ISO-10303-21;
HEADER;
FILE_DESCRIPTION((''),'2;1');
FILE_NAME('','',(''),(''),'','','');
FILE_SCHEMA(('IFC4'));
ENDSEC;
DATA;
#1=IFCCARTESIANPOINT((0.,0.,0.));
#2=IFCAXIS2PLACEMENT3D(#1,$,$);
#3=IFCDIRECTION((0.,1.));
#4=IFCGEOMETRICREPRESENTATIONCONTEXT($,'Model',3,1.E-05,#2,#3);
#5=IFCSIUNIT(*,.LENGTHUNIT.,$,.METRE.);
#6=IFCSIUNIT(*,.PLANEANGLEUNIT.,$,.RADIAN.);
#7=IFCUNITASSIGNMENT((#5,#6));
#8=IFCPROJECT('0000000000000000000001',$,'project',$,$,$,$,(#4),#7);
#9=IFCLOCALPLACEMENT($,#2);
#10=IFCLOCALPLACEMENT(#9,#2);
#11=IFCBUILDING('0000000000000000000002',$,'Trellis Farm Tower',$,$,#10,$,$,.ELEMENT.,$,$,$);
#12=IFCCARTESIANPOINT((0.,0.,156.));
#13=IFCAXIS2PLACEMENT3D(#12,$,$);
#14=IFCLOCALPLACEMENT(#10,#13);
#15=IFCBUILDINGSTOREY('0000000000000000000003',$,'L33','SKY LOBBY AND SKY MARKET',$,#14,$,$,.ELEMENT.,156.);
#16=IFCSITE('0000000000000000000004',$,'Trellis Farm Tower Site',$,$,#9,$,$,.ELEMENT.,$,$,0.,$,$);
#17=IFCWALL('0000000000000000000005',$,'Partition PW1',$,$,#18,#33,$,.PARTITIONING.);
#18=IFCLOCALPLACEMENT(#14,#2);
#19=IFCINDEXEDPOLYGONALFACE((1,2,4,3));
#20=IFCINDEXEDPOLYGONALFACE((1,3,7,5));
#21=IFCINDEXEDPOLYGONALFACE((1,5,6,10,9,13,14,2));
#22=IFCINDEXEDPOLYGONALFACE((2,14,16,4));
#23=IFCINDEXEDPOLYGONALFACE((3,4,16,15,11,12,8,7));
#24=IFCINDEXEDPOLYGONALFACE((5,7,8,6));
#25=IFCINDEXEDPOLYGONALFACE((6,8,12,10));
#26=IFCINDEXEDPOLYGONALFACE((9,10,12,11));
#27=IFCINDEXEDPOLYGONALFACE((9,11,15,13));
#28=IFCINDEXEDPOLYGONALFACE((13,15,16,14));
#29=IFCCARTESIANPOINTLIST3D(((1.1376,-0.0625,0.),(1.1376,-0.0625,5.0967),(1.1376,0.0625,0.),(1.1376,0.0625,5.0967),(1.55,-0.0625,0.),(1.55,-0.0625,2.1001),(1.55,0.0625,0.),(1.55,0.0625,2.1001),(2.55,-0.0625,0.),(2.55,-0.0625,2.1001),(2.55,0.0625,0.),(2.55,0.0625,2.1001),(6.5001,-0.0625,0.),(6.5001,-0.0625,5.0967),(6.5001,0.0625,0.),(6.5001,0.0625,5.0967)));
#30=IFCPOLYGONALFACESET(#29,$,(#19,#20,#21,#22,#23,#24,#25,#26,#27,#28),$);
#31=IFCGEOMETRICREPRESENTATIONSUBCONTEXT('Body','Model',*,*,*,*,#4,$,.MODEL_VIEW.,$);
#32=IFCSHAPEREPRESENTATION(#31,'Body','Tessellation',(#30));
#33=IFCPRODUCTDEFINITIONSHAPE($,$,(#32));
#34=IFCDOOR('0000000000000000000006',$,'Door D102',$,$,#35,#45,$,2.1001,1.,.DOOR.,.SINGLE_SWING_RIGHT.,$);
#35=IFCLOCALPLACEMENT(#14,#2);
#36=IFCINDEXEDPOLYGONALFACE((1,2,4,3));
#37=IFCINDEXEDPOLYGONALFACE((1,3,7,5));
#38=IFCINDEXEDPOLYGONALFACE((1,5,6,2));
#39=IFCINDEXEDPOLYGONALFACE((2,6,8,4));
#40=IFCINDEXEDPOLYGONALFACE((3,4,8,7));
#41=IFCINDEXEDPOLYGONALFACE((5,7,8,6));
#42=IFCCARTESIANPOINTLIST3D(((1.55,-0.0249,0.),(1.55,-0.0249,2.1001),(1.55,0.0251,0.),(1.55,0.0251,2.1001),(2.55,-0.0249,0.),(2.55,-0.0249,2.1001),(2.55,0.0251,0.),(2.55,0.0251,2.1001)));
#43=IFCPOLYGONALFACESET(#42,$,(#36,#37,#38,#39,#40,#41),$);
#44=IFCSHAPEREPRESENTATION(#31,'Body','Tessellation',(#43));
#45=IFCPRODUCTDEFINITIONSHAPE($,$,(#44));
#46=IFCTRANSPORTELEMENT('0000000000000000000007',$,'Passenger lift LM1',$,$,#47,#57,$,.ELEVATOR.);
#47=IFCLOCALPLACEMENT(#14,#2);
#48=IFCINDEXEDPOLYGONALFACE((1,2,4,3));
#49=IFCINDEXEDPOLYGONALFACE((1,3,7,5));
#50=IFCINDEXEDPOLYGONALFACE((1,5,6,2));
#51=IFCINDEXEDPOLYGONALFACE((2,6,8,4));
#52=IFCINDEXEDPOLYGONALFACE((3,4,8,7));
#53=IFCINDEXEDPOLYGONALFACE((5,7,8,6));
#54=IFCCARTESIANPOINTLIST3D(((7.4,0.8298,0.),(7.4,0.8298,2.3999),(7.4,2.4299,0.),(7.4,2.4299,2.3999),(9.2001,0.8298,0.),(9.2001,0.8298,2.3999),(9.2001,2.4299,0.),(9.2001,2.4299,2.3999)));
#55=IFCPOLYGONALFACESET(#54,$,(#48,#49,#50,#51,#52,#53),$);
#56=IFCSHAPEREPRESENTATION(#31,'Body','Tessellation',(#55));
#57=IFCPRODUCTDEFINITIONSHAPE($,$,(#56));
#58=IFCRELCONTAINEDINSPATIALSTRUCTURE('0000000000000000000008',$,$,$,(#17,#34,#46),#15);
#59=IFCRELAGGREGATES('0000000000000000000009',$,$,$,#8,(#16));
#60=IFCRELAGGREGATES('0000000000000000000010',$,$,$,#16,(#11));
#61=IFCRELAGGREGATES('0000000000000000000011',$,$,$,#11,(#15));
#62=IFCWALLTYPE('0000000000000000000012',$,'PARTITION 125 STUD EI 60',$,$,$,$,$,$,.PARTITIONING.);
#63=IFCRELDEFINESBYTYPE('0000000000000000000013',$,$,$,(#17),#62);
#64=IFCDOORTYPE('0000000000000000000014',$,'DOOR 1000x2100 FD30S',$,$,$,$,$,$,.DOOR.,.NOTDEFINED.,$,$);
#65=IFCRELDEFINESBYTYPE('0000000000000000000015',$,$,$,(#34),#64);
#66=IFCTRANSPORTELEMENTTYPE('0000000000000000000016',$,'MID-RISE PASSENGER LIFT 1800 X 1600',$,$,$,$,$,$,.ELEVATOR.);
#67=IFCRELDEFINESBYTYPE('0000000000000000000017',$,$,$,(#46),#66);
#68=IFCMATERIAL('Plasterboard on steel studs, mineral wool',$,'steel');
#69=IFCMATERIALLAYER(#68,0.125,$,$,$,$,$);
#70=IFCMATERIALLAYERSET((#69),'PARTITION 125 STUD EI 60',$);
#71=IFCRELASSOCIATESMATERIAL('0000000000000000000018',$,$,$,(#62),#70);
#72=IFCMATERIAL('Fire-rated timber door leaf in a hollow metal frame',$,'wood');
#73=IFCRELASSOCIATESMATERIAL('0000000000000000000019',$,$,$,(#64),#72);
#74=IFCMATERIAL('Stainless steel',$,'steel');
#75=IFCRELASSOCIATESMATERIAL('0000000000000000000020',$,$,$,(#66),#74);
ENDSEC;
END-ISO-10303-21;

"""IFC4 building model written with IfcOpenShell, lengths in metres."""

from ifc_helpers import new_model, si_unit, direction, frame, frame_2d, origin, origin_2d, place, context, subcontext, project, spatial, rectangle, extrude, source, transform, mapped, material, layer, layer_set, type_object, element, fill, save


model = new_model("IFC4")

# Units and contexts
model_context = context("Model", 3, precision=1e-05, world=origin(), true_north=direction((0.0, 1.0)))
body_context = subcontext(model_context, "Body", "Model", "MODEL_VIEW")
ifc_project = project(units=[si_unit("LENGTHUNIT", "METRE"), si_unit("PLANEANGLEUNIT", "RADIAN")], contexts=[model_context])

# Site, building, storey
site_placement = place(None, origin())
site = spatial("IfcSite", under=ifc_project, at=site_placement, Name="Trellis Farm Tower Site", CompositionType="ELEMENT", RefElevation=0.0)
building_placement = place(site_placement, origin())
building = spatial("IfcBuilding", under=site, at=building_placement, Name="Trellis Farm Tower", CompositionType="ELEMENT")
storey_placement = place(building_placement, frame((0.0, 0.0, 156.0)))
storey = spatial("IfcBuildingStorey", under=building, at=storey_placement, Name="L33", Description="SKY LOBBY AND SKY MARKET", CompositionType="ELEMENT", Elevation=156.0)

# Shared definitions
ifc_material_1 = material(Name="Stainless steel", Category="steel")

# Shared definitions
ifc_material_2 = material(Name="Plasterboard on steel studs, mineral wool", Category="steel")
ifc_layer_1 = layer(ifc_material_2, 0.125)
ifc_layer_set_1 = layer_set([ifc_layer_1], Name="PARTITION 125 STUD EI 60")
wall_type_1 = type_object("IfcWallType", Name="PARTITION 125 STUD EI 60", PredefinedType="PARTITIONING", material=ifc_layer_set_1)

# Wall, opening, door
shared_shape_1 = source(origin(), body_context, "Body", "SweptSolid", [
    extrude(rectangle(XDim=5.3625, YDim=0.125, at=frame_2d((2.6812, 0.0))), origin(), (0.0, 0.0, 1.0), 5.0967),
])
wall_1_placement = place(storey_placement, frame((6.5, 0.0, 0.0), z_axis=(0.0, 0.0, 1.0), x_axis=(-1.0, 0.0, 0.0)))
wall_1 = element("IfcWall", 1, at=wall_1_placement, inside=storey, type_object=wall_type_1, Name="Partition PW1", PredefinedType="PARTITIONING", context=body_context, shape_type="MappedRepresentation", body=[
    mapped(shared_shape_1, transform((0.0, 0.0, 0.0))),
])
shared_shape_2 = source(origin(), body_context, "Body", "SweptSolid", [
    extrude(rectangle(XDim=1.0, YDim=2.1001, at=frame_2d((0.5, 1.05))), frame((0.0, 0.0725, 0.0), z_axis=(0.0, -1.0, 0.0), x_axis=(1.0, 0.0, 0.0)), (0.0, 0.0, 1.0), 0.145),
])
opening_1_placement = place(wall_1_placement, frame((3.95, 0.0, 0.0)))
opening_1 = element("IfcOpeningElement", 2, at=opening_1_placement, cuts=wall_1, PredefinedType="OPENING", context=body_context, shape_type="MappedRepresentation", body=[
    mapped(shared_shape_2, transform((0.0, 0.0, 0.0))),
])
ifc_material_3 = material(Name="Fire-rated timber door leaf in a hollow metal frame", Category="wood")
door_type_1 = type_object("IfcDoorType", Name="DOOR 1000x2100 FD30S", OperationType="NOTDEFINED", PredefinedType="DOOR", material=ifc_material_3)
shared_shape_3 = source(origin(), body_context, "Body", "SweptSolid", [
    extrude(rectangle(XDim=1.0, YDim=2.1001, at=frame_2d((0.5, 1.05))), frame((0.0, 0.0249, 0.0), z_axis=(0.0, -1.0, 0.0), x_axis=(1.0, 0.0, 0.0)), (0.0, 0.0, 1.0), 0.05),
])
door_1_placement = place(opening_1_placement, origin())
door_1 = element("IfcDoor", 3, at=door_1_placement, inside=storey, type_object=door_type_1, Name="Door D102", OperationType="SINGLE_SWING_RIGHT", OverallHeight=2.1001, OverallWidth=1.0, PredefinedType="DOOR", context=body_context, shape_type="MappedRepresentation", body=[
    mapped(shared_shape_3, transform((0.0, 0.0, 0.0))),
])
fill(opening_1, door_1)

# Transport element
transport_element_type = type_object("IfcTransportElementType", Name="MID-RISE PASSENGER LIFT 1800 X 1600", PredefinedType="ELEVATOR", material=ifc_material_1)
shared_shape_4 = source(origin(), body_context, "Body", "SweptSolid", [
    extrude(rectangle(XDim=1.8, YDim=1.6001, at=origin_2d()), origin(), (0.0, 0.0, 1.0), 2.3999),
])
transport_element_placement = place(storey_placement, frame((8.3, 1.6299, 0.0), z_axis=(0.0, 0.0, 1.0), x_axis=(1.0, 0.0, 0.0)))
element("IfcTransportElement", 4, at=transport_element_placement, inside=storey, type_object=transport_element_type, Name="Passenger lift LM1", PredefinedType="ELEVATOR", context=body_context, shape_type="MappedRepresentation", body=[
    mapped(shared_shape_4, transform((0.0, 0.0, 0.0))),
])

save(model, "model.ifc")
